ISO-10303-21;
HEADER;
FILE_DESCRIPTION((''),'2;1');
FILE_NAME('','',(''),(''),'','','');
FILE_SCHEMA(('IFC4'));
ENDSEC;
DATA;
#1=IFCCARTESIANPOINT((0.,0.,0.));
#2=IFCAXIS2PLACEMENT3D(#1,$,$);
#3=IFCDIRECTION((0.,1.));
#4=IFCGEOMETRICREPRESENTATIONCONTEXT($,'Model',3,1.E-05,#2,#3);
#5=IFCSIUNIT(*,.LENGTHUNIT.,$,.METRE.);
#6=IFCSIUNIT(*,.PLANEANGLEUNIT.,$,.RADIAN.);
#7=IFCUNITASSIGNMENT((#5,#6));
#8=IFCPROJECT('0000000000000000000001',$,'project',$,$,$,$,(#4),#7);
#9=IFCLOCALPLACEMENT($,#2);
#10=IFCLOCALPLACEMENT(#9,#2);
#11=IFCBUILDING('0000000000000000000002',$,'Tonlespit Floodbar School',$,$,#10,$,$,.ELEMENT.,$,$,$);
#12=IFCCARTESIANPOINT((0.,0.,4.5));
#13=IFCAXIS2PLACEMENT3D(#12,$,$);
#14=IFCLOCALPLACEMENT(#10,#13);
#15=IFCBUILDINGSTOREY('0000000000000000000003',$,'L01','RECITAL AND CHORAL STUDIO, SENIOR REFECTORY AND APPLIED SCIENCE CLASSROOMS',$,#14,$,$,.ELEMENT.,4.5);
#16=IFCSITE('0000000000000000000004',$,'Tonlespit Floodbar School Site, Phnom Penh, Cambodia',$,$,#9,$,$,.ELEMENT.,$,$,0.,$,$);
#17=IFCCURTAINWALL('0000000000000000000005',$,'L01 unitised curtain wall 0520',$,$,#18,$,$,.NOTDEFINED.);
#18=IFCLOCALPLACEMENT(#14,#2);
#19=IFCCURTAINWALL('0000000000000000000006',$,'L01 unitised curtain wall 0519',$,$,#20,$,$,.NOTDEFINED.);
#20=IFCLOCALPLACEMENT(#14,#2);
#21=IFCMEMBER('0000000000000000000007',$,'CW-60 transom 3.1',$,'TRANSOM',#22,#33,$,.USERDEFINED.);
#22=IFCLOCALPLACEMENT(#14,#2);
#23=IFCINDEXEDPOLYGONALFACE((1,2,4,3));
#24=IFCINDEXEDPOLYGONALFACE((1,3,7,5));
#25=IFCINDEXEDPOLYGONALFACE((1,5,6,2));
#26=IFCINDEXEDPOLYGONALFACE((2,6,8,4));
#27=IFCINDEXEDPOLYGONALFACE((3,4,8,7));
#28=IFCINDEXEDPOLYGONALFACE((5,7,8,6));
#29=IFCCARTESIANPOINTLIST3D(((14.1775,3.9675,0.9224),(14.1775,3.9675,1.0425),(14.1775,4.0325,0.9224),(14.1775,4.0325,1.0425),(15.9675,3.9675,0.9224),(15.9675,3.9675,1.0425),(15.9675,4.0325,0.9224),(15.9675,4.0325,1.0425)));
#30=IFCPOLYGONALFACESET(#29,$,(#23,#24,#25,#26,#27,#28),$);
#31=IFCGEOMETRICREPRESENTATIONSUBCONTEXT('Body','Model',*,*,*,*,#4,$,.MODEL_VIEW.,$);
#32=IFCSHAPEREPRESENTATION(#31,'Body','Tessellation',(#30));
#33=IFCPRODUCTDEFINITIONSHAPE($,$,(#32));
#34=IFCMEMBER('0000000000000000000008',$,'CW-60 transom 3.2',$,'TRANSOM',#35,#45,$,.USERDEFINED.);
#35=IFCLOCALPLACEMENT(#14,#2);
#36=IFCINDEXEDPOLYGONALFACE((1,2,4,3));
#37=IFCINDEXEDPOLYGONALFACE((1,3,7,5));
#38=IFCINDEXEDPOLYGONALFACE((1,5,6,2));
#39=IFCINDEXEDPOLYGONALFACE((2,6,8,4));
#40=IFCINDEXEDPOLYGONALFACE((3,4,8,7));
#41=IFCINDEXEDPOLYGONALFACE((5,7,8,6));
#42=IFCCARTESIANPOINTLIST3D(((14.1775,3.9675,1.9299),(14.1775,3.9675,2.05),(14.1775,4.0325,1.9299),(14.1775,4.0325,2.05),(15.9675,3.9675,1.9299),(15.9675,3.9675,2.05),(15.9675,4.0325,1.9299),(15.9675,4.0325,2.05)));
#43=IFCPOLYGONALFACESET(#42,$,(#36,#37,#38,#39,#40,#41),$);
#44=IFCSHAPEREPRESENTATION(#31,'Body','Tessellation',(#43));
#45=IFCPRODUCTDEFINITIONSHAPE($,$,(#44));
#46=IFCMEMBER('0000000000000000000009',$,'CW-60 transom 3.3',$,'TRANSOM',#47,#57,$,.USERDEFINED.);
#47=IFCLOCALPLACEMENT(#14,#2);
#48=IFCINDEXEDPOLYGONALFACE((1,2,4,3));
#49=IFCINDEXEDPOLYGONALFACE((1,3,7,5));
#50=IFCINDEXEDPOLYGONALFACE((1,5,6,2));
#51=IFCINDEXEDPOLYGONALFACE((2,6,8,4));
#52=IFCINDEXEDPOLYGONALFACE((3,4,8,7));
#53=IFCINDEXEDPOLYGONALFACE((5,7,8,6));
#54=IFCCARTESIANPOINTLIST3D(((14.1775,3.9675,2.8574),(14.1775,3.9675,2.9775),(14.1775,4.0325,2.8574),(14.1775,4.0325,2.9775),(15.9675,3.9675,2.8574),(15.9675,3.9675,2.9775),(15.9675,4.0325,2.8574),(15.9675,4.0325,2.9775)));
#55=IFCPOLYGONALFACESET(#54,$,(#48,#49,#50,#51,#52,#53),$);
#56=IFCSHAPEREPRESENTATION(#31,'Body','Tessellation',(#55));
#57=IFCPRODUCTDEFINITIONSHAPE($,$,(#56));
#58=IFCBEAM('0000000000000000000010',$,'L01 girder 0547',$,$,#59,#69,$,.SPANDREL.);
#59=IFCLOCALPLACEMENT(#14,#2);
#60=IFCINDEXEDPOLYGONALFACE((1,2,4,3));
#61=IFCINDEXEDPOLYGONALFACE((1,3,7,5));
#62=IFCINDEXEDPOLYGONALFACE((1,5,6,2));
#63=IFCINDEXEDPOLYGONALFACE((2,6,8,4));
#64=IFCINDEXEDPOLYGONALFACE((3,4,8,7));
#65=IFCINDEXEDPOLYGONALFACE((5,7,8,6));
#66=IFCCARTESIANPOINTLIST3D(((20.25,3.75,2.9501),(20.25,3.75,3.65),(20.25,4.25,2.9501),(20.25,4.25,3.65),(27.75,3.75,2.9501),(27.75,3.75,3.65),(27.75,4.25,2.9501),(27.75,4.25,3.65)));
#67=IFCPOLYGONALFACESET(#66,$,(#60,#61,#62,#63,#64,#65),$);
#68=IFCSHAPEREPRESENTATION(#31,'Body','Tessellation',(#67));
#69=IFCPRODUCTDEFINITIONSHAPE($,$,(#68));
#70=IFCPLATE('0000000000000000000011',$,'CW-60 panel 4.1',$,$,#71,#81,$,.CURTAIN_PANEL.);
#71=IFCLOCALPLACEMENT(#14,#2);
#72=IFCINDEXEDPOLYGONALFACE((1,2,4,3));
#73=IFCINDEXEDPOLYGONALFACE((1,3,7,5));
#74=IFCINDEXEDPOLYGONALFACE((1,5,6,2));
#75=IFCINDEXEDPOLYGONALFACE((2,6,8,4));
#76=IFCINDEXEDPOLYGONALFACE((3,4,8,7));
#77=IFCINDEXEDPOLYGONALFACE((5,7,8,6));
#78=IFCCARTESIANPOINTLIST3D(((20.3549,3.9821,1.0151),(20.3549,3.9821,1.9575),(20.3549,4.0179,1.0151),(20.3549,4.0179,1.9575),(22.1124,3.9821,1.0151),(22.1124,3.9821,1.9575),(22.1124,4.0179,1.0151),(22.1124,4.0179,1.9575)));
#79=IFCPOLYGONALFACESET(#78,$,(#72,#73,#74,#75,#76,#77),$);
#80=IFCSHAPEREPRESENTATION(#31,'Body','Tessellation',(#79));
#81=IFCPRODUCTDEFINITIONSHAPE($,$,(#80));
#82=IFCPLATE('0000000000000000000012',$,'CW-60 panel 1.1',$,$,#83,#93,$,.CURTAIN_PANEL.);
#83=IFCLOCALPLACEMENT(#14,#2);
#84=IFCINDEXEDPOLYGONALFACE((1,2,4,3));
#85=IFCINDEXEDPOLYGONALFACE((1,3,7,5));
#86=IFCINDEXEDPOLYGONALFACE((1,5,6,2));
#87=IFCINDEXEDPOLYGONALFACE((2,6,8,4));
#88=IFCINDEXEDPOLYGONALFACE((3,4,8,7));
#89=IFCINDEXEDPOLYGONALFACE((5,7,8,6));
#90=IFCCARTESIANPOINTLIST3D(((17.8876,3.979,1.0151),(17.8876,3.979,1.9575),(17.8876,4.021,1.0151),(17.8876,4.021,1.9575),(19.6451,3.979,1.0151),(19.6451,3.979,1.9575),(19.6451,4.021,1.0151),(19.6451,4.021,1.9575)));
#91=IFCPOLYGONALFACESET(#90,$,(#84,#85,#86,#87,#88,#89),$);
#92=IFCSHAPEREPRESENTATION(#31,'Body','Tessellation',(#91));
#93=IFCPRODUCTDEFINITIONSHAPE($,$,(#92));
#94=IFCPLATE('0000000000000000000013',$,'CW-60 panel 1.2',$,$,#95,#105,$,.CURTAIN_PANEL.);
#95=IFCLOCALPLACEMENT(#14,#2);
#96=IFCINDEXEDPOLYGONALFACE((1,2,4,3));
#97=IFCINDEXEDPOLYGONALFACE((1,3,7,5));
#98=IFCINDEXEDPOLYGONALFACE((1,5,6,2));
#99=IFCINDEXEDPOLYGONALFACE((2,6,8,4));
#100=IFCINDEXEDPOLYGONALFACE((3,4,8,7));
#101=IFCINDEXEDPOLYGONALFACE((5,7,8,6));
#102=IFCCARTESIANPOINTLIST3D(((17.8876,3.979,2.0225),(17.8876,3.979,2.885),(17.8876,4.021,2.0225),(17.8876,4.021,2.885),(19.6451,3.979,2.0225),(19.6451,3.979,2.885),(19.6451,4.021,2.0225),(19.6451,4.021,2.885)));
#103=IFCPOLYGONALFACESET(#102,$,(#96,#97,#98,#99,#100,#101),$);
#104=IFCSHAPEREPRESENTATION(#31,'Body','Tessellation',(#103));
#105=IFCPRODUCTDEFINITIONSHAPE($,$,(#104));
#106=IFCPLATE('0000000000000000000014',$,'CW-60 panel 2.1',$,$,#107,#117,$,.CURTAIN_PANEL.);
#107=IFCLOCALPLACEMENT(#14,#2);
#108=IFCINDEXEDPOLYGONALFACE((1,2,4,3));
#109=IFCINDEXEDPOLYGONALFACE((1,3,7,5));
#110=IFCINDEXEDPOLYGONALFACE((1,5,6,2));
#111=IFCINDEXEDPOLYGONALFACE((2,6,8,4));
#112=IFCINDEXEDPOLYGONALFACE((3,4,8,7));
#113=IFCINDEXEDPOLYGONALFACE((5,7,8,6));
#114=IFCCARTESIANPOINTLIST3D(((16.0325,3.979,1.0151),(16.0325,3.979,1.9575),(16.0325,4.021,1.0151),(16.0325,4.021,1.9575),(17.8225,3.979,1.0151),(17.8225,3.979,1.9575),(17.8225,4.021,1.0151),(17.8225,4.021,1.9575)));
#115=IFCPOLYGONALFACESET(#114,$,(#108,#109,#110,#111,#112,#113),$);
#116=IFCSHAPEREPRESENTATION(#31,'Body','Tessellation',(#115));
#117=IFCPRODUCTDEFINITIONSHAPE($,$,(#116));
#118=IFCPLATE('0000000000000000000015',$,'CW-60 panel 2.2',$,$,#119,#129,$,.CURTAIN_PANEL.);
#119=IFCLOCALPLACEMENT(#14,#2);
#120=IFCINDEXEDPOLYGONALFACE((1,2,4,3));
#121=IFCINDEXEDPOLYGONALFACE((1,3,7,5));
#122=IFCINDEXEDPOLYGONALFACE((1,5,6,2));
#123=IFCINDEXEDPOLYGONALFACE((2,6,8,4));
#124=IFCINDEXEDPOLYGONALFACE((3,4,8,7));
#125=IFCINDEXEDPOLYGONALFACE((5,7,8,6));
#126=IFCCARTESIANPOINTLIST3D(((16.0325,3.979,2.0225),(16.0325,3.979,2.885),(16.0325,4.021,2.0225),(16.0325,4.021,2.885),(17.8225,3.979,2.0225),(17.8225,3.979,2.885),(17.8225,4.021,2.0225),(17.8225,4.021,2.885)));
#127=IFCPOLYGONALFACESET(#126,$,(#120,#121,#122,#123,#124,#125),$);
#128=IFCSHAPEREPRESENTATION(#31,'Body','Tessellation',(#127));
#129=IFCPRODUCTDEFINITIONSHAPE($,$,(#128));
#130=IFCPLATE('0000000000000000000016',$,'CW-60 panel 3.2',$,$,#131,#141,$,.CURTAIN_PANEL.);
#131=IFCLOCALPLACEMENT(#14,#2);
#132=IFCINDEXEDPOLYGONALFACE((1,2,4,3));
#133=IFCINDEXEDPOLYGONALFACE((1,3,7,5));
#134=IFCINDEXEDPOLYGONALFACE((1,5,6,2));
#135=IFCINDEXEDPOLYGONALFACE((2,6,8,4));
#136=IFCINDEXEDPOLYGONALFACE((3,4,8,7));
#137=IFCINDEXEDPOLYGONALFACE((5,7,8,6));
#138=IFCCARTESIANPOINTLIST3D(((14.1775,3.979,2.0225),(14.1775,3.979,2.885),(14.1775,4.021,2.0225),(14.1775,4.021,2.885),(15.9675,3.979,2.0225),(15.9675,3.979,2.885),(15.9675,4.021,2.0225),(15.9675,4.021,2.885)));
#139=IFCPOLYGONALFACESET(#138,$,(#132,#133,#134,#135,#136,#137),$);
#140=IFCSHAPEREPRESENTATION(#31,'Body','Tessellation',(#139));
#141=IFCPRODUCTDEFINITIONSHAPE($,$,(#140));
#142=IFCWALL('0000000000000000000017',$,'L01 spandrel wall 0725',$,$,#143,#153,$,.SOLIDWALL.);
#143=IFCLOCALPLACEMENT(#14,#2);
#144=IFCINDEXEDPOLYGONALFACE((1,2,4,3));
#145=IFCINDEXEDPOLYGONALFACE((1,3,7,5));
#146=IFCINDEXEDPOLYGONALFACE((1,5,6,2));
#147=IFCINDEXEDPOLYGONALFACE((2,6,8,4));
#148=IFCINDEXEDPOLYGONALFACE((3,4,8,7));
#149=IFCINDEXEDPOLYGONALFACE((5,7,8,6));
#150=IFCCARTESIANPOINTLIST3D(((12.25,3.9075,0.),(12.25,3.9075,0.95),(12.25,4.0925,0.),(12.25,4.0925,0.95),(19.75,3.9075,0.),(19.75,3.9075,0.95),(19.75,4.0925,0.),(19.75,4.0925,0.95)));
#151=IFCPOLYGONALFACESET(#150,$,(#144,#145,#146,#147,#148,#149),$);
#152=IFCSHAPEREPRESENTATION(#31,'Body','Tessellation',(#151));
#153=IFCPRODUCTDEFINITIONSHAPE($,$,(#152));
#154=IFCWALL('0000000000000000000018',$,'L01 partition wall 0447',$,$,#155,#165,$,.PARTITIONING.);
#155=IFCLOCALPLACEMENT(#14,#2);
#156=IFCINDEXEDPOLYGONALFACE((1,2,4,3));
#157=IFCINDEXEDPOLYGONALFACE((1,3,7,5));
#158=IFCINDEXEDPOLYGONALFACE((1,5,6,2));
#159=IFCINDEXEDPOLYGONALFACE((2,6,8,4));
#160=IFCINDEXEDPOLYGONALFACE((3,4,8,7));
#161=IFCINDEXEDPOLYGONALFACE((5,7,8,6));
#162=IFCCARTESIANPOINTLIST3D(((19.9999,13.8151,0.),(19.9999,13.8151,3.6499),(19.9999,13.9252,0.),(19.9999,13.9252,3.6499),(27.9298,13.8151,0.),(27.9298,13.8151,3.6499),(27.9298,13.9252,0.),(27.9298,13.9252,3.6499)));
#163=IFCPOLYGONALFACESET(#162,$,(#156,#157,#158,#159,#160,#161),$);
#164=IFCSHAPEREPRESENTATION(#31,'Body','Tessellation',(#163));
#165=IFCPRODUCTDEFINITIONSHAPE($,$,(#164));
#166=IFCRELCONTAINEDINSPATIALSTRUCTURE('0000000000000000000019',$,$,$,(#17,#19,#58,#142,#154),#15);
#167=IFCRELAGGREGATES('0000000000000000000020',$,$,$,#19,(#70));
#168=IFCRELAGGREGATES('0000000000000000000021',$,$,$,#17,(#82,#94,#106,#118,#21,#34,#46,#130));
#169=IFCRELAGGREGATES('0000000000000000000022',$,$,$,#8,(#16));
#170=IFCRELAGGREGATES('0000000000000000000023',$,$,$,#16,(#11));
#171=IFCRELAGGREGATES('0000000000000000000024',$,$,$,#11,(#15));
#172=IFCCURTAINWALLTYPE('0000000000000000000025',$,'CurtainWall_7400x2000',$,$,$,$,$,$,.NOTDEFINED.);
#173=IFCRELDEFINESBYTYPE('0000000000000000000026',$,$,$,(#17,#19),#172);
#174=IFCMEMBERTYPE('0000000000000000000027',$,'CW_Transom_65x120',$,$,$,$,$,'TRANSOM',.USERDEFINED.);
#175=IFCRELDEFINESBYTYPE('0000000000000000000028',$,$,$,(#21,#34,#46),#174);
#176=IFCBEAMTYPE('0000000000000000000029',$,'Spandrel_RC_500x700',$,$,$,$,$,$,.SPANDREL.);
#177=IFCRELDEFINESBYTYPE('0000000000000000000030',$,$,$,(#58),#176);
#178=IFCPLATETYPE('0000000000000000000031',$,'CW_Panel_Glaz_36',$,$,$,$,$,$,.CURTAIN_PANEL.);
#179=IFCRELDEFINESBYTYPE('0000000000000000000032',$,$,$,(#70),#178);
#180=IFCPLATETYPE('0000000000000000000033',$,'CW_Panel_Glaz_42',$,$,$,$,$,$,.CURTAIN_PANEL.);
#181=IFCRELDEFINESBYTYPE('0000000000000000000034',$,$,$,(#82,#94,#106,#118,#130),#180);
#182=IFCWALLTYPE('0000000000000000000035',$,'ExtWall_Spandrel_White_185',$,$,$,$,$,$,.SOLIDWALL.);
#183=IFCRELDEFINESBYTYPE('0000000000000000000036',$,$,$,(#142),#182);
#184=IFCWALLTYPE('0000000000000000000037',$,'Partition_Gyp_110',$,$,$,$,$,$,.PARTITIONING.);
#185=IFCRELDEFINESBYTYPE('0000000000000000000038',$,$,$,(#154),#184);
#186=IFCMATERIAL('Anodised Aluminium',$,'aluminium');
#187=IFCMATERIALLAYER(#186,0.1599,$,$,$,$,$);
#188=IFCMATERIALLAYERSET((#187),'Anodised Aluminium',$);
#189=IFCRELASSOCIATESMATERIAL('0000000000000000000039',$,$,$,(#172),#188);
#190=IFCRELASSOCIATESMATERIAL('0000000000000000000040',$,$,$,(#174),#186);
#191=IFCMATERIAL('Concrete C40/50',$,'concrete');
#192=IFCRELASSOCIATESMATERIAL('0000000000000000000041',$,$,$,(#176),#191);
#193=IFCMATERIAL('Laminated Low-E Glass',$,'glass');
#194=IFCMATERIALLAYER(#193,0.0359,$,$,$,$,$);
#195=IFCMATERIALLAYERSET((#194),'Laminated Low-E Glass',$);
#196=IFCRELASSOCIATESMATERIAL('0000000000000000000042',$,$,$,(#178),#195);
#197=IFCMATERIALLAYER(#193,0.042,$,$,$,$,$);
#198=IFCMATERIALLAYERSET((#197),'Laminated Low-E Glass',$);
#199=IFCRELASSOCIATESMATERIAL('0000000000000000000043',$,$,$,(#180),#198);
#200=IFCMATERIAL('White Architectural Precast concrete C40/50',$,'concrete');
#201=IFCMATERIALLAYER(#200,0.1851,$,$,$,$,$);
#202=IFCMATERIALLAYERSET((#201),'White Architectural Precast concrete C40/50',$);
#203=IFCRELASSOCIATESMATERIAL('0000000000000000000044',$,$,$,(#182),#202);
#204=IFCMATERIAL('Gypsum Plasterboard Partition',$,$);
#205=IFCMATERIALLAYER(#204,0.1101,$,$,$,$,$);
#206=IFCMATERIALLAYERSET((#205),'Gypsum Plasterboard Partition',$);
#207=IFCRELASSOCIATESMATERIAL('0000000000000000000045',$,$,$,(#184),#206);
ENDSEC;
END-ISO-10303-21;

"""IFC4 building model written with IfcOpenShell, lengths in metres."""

from ifc_helpers import new_model, si_unit, direction, frame, frame_2d, origin, origin_2d, place, context, subcontext, project, spatial, rectangle, extrude, material, layer, layer_set, material_profile, profile_set, type_object, element, aggregate, save


model = new_model("IFC4")

# Units and contexts
model_context = context("Model", 3, precision=1e-05, world=origin(), true_north=direction((0.0, 1.0)))
body_context = subcontext(model_context, "Body", "Model", "MODEL_VIEW")
ifc_project = project(units=[si_unit("LENGTHUNIT", "METRE"), si_unit("PLANEANGLEUNIT", "RADIAN")], contexts=[model_context])

# Site, building, storey
site_placement = place(None, origin())
site = spatial("IfcSite", under=ifc_project, at=site_placement, Name="Tonlespit Floodbar School Site, Phnom Penh, Cambodia", CompositionType="ELEMENT", RefElevation=0.0)
building_placement = place(site_placement, origin())
building = spatial("IfcBuilding", under=site, at=building_placement, Name="Tonlespit Floodbar School", CompositionType="ELEMENT")
storey_placement = place(building_placement, frame((0.0, 0.0, 4.5)))
storey = spatial("IfcBuildingStorey", under=building, at=storey_placement, Name="L01", Description="RECITAL AND CHORAL STUDIO, SENIOR REFECTORY AND APPLIED SCIENCE CLASSROOMS", CompositionType="ELEMENT", Elevation=4.5)

# Shared definitions
ifc_material_1 = material(Name="Concrete C40/50", Category="concrete")

# Curtain wall
ifc_material_2 = material(Name="Anodised Aluminium", Category="aluminium")
ifc_layer_1 = layer(ifc_material_2, 0.1599)
ifc_layer_set_1 = layer_set([ifc_layer_1], Name="Anodised Aluminium")
curtain_wall_type = type_object("IfcCurtainWallType", Name="CurtainWall_7400x2000", PredefinedType="NOTDEFINED", material=ifc_layer_set_1)
curtain_wall_1_placement = place(storey_placement, origin())
curtain_wall_1 = element("IfcCurtainWall", 1, at=curtain_wall_1_placement, inside=storey, type_object=curtain_wall_type, Name="L01 unitised curtain wall 0520", PredefinedType="NOTDEFINED")

# Curtain wall
curtain_wall_2_placement = place(storey_placement, origin())
curtain_wall_2 = element("IfcCurtainWall", 2, at=curtain_wall_2_placement, inside=storey, type_object=curtain_wall_type, Name="L01 unitised curtain wall 0519", PredefinedType="NOTDEFINED")

# Members
ifc_material_profile_1 = material_profile(ifc_material_2, rectangle(XDim=0.0649, YDim=0.1201, at=origin_2d()), Name="ALU T65x120")
ifc_profile_set_1 = profile_set([ifc_material_profile_1], Name="Anodised Aluminium")
member_type_1 = type_object("IfcMemberType", Name="CW_Transom_65x120", ElementType="TRANSOM", PredefinedType="USERDEFINED", material=ifc_profile_set_1)
member_1_placement = place(storey_placement, frame((15.9675, 4.0, 0.9824), z_axis=(-1.0, 0.0, 0.0), x_axis=(0.0, -1.0, 0.0)))
member_1 = element("IfcMember", 3, at=member_1_placement, type_object=member_type_1, Name="CW-60 transom 3.1", ObjectType="TRANSOM", PredefinedType="USERDEFINED", context=body_context, shape_type="SweptSolid", body=[
    extrude(rectangle(XDim=0.0649, YDim=0.1201, at=origin_2d()), origin(), (0.0, 0.0, 1.0), 1.79),
])
member_2_placement = place(storey_placement, frame((15.9675, 4.0, 1.99), z_axis=(-1.0, 0.0, 0.0), x_axis=(0.0, -1.0, 0.0)))
member_2 = element("IfcMember", 4, at=member_2_placement, type_object=member_type_1, Name="CW-60 transom 3.2", ObjectType="TRANSOM", PredefinedType="USERDEFINED", context=body_context, shape_type="SweptSolid", body=[
    extrude(rectangle(XDim=0.0649, YDim=0.1201, at=origin_2d()), origin(), (0.0, 0.0, 1.0), 1.79),
])
member_3_placement = place(storey_placement, frame((15.9675, 4.0, 2.9175), z_axis=(-1.0, 0.0, 0.0), x_axis=(0.0, -1.0, 0.0)))
member_3 = element("IfcMember", 5, at=member_3_placement, type_object=member_type_1, Name="CW-60 transom 3.3", ObjectType="TRANSOM", PredefinedType="USERDEFINED", context=body_context, shape_type="SweptSolid", body=[
    extrude(rectangle(XDim=0.0649, YDim=0.1201, at=origin_2d()), origin(), (0.0, 0.0, 1.0), 1.79),
])

# Beam
ifc_material_profile_2 = material_profile(ifc_material_1, rectangle(XDim=0.5, YDim=0.7, at=origin_2d()), Name="RC 500x700")
ifc_profile_set_2 = profile_set([ifc_material_profile_2], Name="Concrete C40/50")
beam_type_1 = type_object("IfcBeamType", Name="Spandrel_RC_500x700", PredefinedType="SPANDREL", material=ifc_profile_set_2)
beam_placement = place(storey_placement, frame((20.25, 4.0, 3.3), z_axis=(1.0, 0.0, 0.0), x_axis=(0.0, 1.0, 0.0)))
element("IfcBeam", 6, at=beam_placement, inside=storey, type_object=beam_type_1, Name="L01 girder 0547", PredefinedType="SPANDREL", context=body_context, shape_type="SweptSolid", body=[
    extrude(rectangle(XDim=0.5, YDim=0.7, at=origin_2d()), origin(), (0.0, 0.0, 1.0), 7.5),
])

# Plates
ifc_material_3 = material(Name="Laminated Low-E Glass", Category="glass")
ifc_layer_2 = layer(ifc_material_3, 0.0359)
ifc_layer_set_2 = layer_set([ifc_layer_2], Name="Laminated Low-E Glass")
plate_type_1 = type_object("IfcPlateType", Name="CW_Panel_Glaz_36", PredefinedType="CURTAIN_PANEL", material=ifc_layer_set_2)
plate_1_placement = place(storey_placement, frame((21.2336, 4.0, 1.0151), z_axis=(0.0, 0.0, 1.0), x_axis=(-1.0, 0.0, 0.0)))
plate_1 = element("IfcPlate", 7, at=plate_1_placement, type_object=plate_type_1, Name="CW-60 panel 4.1", PredefinedType="CURTAIN_PANEL", context=body_context, shape_type="SweptSolid", body=[
    extrude(rectangle(XDim=1.7576, YDim=0.0359, at=origin_2d()), origin(), (0.0, 0.0, 1.0), 0.9424),
])
aggregate(curtain_wall_2, [plate_1])
ifc_layer_3 = layer(ifc_material_3, 0.042)
ifc_layer_set_3 = layer_set([ifc_layer_3], Name="Laminated Low-E Glass")
plate_type_2 = type_object("IfcPlateType", Name="CW_Panel_Glaz_42", PredefinedType="CURTAIN_PANEL", material=ifc_layer_set_3)
plate_2_placement = place(storey_placement, frame((18.7664, 4.0, 1.0151), z_axis=(0.0, 0.0, 1.0), x_axis=(-1.0, 0.0, 0.0)))
plate_2 = element("IfcPlate", 8, at=plate_2_placement, type_object=plate_type_2, Name="CW-60 panel 1.1", PredefinedType="CURTAIN_PANEL", context=body_context, shape_type="SweptSolid", body=[
    extrude(rectangle(XDim=1.7576, YDim=0.042, at=origin_2d()), origin(), (0.0, 0.0, 1.0), 0.9424),
])
plate_3_placement = place(storey_placement, frame((18.7664, 4.0, 2.0225), z_axis=(0.0, 0.0, 1.0), x_axis=(-1.0, 0.0, 0.0)))
plate_3 = element("IfcPlate", 9, at=plate_3_placement, type_object=plate_type_2, Name="CW-60 panel 1.2", PredefinedType="CURTAIN_PANEL", context=body_context, shape_type="SweptSolid", body=[
    extrude(rectangle(XDim=1.7576, YDim=0.042, at=origin_2d()), origin(), (0.0, 0.0, 1.0), 0.8625),
])
plate_4_placement = place(storey_placement, frame((16.9275, 4.0, 1.0151), z_axis=(0.0, 0.0, 1.0), x_axis=(-1.0, 0.0, 0.0)))
plate_4 = element("IfcPlate", 10, at=plate_4_placement, type_object=plate_type_2, Name="CW-60 panel 2.1", PredefinedType="CURTAIN_PANEL", context=body_context, shape_type="SweptSolid", body=[
    extrude(rectangle(XDim=1.79, YDim=0.042, at=origin_2d()), origin(), (0.0, 0.0, 1.0), 0.9424),
])
plate_5_placement = place(storey_placement, frame((16.9275, 4.0, 2.0225), z_axis=(0.0, 0.0, 1.0), x_axis=(-1.0, 0.0, 0.0)))
plate_5 = element("IfcPlate", 11, at=plate_5_placement, type_object=plate_type_2, Name="CW-60 panel 2.2", PredefinedType="CURTAIN_PANEL", context=body_context, shape_type="SweptSolid", body=[
    extrude(rectangle(XDim=1.79, YDim=0.042, at=origin_2d()), origin(), (0.0, 0.0, 1.0), 0.8625),
])
plate_6_placement = place(storey_placement, frame((15.0725, 4.0, 2.0225), z_axis=(0.0, 0.0, 1.0), x_axis=(-1.0, 0.0, 0.0)))
plate_6 = element("IfcPlate", 12, at=plate_6_placement, type_object=plate_type_2, Name="CW-60 panel 3.2", PredefinedType="CURTAIN_PANEL", context=body_context, shape_type="SweptSolid", body=[
    extrude(rectangle(XDim=1.79, YDim=0.042, at=origin_2d()), origin(), (0.0, 0.0, 1.0), 0.8625),
])
aggregate(curtain_wall_1, [plate_2, plate_3, plate_4, plate_5, member_1, member_2, member_3, plate_6])

# Walls
ifc_material_4 = material(Name="White Architectural Precast concrete C40/50", Category="concrete")
ifc_layer_4 = layer(ifc_material_4, 0.1851)
ifc_layer_set_4 = layer_set([ifc_layer_4], Name="White Architectural Precast concrete C40/50")
wall_type_1 = type_object("IfcWallType", Name="ExtWall_Spandrel_White_185", PredefinedType="SOLIDWALL", material=ifc_layer_set_4)
wall_1_placement = place(storey_placement, frame((19.75, 4.0, 0.0), z_axis=(0.0, 0.0, 1.0), x_axis=(-1.0, 0.0, 0.0)))
element("IfcWall", 13, at=wall_1_placement, inside=storey, type_object=wall_type_1, Name="L01 spandrel wall 0725", PredefinedType="SOLIDWALL", context=body_context, shape_type="SweptSolid", body=[
    extrude(rectangle(XDim=7.5, YDim=0.1851, at=frame_2d((3.75, 0.0))), origin(), (0.0, 0.0, 1.0), 0.95),
])
ifc_material_5 = material(Name="Gypsum Plasterboard Partition")
ifc_layer_5 = layer(ifc_material_5, 0.1101)
ifc_layer_set_5 = layer_set([ifc_layer_5], Name="Gypsum Plasterboard Partition")
wall_type_2 = type_object("IfcWallType", Name="Partition_Gyp_110", PredefinedType="PARTITIONING", material=ifc_layer_set_5)
wall_2_placement = place(storey_placement, frame((20.0, 13.8701, 0.0), z_axis=(0.0, 0.0, 1.0), x_axis=(1.0, 0.0, 0.0)))
element("IfcWall", 14, at=wall_2_placement, inside=storey, type_object=wall_type_2, Name="L01 partition wall 0447", PredefinedType="PARTITIONING", context=body_context, shape_type="SweptSolid", body=[
    extrude(rectangle(XDim=7.9299, YDim=0.1101, at=frame_2d((3.9648, 0.0))), origin(), (0.0, 0.0, 1.0), 3.6499),
])

save(model, "model.ifc")
